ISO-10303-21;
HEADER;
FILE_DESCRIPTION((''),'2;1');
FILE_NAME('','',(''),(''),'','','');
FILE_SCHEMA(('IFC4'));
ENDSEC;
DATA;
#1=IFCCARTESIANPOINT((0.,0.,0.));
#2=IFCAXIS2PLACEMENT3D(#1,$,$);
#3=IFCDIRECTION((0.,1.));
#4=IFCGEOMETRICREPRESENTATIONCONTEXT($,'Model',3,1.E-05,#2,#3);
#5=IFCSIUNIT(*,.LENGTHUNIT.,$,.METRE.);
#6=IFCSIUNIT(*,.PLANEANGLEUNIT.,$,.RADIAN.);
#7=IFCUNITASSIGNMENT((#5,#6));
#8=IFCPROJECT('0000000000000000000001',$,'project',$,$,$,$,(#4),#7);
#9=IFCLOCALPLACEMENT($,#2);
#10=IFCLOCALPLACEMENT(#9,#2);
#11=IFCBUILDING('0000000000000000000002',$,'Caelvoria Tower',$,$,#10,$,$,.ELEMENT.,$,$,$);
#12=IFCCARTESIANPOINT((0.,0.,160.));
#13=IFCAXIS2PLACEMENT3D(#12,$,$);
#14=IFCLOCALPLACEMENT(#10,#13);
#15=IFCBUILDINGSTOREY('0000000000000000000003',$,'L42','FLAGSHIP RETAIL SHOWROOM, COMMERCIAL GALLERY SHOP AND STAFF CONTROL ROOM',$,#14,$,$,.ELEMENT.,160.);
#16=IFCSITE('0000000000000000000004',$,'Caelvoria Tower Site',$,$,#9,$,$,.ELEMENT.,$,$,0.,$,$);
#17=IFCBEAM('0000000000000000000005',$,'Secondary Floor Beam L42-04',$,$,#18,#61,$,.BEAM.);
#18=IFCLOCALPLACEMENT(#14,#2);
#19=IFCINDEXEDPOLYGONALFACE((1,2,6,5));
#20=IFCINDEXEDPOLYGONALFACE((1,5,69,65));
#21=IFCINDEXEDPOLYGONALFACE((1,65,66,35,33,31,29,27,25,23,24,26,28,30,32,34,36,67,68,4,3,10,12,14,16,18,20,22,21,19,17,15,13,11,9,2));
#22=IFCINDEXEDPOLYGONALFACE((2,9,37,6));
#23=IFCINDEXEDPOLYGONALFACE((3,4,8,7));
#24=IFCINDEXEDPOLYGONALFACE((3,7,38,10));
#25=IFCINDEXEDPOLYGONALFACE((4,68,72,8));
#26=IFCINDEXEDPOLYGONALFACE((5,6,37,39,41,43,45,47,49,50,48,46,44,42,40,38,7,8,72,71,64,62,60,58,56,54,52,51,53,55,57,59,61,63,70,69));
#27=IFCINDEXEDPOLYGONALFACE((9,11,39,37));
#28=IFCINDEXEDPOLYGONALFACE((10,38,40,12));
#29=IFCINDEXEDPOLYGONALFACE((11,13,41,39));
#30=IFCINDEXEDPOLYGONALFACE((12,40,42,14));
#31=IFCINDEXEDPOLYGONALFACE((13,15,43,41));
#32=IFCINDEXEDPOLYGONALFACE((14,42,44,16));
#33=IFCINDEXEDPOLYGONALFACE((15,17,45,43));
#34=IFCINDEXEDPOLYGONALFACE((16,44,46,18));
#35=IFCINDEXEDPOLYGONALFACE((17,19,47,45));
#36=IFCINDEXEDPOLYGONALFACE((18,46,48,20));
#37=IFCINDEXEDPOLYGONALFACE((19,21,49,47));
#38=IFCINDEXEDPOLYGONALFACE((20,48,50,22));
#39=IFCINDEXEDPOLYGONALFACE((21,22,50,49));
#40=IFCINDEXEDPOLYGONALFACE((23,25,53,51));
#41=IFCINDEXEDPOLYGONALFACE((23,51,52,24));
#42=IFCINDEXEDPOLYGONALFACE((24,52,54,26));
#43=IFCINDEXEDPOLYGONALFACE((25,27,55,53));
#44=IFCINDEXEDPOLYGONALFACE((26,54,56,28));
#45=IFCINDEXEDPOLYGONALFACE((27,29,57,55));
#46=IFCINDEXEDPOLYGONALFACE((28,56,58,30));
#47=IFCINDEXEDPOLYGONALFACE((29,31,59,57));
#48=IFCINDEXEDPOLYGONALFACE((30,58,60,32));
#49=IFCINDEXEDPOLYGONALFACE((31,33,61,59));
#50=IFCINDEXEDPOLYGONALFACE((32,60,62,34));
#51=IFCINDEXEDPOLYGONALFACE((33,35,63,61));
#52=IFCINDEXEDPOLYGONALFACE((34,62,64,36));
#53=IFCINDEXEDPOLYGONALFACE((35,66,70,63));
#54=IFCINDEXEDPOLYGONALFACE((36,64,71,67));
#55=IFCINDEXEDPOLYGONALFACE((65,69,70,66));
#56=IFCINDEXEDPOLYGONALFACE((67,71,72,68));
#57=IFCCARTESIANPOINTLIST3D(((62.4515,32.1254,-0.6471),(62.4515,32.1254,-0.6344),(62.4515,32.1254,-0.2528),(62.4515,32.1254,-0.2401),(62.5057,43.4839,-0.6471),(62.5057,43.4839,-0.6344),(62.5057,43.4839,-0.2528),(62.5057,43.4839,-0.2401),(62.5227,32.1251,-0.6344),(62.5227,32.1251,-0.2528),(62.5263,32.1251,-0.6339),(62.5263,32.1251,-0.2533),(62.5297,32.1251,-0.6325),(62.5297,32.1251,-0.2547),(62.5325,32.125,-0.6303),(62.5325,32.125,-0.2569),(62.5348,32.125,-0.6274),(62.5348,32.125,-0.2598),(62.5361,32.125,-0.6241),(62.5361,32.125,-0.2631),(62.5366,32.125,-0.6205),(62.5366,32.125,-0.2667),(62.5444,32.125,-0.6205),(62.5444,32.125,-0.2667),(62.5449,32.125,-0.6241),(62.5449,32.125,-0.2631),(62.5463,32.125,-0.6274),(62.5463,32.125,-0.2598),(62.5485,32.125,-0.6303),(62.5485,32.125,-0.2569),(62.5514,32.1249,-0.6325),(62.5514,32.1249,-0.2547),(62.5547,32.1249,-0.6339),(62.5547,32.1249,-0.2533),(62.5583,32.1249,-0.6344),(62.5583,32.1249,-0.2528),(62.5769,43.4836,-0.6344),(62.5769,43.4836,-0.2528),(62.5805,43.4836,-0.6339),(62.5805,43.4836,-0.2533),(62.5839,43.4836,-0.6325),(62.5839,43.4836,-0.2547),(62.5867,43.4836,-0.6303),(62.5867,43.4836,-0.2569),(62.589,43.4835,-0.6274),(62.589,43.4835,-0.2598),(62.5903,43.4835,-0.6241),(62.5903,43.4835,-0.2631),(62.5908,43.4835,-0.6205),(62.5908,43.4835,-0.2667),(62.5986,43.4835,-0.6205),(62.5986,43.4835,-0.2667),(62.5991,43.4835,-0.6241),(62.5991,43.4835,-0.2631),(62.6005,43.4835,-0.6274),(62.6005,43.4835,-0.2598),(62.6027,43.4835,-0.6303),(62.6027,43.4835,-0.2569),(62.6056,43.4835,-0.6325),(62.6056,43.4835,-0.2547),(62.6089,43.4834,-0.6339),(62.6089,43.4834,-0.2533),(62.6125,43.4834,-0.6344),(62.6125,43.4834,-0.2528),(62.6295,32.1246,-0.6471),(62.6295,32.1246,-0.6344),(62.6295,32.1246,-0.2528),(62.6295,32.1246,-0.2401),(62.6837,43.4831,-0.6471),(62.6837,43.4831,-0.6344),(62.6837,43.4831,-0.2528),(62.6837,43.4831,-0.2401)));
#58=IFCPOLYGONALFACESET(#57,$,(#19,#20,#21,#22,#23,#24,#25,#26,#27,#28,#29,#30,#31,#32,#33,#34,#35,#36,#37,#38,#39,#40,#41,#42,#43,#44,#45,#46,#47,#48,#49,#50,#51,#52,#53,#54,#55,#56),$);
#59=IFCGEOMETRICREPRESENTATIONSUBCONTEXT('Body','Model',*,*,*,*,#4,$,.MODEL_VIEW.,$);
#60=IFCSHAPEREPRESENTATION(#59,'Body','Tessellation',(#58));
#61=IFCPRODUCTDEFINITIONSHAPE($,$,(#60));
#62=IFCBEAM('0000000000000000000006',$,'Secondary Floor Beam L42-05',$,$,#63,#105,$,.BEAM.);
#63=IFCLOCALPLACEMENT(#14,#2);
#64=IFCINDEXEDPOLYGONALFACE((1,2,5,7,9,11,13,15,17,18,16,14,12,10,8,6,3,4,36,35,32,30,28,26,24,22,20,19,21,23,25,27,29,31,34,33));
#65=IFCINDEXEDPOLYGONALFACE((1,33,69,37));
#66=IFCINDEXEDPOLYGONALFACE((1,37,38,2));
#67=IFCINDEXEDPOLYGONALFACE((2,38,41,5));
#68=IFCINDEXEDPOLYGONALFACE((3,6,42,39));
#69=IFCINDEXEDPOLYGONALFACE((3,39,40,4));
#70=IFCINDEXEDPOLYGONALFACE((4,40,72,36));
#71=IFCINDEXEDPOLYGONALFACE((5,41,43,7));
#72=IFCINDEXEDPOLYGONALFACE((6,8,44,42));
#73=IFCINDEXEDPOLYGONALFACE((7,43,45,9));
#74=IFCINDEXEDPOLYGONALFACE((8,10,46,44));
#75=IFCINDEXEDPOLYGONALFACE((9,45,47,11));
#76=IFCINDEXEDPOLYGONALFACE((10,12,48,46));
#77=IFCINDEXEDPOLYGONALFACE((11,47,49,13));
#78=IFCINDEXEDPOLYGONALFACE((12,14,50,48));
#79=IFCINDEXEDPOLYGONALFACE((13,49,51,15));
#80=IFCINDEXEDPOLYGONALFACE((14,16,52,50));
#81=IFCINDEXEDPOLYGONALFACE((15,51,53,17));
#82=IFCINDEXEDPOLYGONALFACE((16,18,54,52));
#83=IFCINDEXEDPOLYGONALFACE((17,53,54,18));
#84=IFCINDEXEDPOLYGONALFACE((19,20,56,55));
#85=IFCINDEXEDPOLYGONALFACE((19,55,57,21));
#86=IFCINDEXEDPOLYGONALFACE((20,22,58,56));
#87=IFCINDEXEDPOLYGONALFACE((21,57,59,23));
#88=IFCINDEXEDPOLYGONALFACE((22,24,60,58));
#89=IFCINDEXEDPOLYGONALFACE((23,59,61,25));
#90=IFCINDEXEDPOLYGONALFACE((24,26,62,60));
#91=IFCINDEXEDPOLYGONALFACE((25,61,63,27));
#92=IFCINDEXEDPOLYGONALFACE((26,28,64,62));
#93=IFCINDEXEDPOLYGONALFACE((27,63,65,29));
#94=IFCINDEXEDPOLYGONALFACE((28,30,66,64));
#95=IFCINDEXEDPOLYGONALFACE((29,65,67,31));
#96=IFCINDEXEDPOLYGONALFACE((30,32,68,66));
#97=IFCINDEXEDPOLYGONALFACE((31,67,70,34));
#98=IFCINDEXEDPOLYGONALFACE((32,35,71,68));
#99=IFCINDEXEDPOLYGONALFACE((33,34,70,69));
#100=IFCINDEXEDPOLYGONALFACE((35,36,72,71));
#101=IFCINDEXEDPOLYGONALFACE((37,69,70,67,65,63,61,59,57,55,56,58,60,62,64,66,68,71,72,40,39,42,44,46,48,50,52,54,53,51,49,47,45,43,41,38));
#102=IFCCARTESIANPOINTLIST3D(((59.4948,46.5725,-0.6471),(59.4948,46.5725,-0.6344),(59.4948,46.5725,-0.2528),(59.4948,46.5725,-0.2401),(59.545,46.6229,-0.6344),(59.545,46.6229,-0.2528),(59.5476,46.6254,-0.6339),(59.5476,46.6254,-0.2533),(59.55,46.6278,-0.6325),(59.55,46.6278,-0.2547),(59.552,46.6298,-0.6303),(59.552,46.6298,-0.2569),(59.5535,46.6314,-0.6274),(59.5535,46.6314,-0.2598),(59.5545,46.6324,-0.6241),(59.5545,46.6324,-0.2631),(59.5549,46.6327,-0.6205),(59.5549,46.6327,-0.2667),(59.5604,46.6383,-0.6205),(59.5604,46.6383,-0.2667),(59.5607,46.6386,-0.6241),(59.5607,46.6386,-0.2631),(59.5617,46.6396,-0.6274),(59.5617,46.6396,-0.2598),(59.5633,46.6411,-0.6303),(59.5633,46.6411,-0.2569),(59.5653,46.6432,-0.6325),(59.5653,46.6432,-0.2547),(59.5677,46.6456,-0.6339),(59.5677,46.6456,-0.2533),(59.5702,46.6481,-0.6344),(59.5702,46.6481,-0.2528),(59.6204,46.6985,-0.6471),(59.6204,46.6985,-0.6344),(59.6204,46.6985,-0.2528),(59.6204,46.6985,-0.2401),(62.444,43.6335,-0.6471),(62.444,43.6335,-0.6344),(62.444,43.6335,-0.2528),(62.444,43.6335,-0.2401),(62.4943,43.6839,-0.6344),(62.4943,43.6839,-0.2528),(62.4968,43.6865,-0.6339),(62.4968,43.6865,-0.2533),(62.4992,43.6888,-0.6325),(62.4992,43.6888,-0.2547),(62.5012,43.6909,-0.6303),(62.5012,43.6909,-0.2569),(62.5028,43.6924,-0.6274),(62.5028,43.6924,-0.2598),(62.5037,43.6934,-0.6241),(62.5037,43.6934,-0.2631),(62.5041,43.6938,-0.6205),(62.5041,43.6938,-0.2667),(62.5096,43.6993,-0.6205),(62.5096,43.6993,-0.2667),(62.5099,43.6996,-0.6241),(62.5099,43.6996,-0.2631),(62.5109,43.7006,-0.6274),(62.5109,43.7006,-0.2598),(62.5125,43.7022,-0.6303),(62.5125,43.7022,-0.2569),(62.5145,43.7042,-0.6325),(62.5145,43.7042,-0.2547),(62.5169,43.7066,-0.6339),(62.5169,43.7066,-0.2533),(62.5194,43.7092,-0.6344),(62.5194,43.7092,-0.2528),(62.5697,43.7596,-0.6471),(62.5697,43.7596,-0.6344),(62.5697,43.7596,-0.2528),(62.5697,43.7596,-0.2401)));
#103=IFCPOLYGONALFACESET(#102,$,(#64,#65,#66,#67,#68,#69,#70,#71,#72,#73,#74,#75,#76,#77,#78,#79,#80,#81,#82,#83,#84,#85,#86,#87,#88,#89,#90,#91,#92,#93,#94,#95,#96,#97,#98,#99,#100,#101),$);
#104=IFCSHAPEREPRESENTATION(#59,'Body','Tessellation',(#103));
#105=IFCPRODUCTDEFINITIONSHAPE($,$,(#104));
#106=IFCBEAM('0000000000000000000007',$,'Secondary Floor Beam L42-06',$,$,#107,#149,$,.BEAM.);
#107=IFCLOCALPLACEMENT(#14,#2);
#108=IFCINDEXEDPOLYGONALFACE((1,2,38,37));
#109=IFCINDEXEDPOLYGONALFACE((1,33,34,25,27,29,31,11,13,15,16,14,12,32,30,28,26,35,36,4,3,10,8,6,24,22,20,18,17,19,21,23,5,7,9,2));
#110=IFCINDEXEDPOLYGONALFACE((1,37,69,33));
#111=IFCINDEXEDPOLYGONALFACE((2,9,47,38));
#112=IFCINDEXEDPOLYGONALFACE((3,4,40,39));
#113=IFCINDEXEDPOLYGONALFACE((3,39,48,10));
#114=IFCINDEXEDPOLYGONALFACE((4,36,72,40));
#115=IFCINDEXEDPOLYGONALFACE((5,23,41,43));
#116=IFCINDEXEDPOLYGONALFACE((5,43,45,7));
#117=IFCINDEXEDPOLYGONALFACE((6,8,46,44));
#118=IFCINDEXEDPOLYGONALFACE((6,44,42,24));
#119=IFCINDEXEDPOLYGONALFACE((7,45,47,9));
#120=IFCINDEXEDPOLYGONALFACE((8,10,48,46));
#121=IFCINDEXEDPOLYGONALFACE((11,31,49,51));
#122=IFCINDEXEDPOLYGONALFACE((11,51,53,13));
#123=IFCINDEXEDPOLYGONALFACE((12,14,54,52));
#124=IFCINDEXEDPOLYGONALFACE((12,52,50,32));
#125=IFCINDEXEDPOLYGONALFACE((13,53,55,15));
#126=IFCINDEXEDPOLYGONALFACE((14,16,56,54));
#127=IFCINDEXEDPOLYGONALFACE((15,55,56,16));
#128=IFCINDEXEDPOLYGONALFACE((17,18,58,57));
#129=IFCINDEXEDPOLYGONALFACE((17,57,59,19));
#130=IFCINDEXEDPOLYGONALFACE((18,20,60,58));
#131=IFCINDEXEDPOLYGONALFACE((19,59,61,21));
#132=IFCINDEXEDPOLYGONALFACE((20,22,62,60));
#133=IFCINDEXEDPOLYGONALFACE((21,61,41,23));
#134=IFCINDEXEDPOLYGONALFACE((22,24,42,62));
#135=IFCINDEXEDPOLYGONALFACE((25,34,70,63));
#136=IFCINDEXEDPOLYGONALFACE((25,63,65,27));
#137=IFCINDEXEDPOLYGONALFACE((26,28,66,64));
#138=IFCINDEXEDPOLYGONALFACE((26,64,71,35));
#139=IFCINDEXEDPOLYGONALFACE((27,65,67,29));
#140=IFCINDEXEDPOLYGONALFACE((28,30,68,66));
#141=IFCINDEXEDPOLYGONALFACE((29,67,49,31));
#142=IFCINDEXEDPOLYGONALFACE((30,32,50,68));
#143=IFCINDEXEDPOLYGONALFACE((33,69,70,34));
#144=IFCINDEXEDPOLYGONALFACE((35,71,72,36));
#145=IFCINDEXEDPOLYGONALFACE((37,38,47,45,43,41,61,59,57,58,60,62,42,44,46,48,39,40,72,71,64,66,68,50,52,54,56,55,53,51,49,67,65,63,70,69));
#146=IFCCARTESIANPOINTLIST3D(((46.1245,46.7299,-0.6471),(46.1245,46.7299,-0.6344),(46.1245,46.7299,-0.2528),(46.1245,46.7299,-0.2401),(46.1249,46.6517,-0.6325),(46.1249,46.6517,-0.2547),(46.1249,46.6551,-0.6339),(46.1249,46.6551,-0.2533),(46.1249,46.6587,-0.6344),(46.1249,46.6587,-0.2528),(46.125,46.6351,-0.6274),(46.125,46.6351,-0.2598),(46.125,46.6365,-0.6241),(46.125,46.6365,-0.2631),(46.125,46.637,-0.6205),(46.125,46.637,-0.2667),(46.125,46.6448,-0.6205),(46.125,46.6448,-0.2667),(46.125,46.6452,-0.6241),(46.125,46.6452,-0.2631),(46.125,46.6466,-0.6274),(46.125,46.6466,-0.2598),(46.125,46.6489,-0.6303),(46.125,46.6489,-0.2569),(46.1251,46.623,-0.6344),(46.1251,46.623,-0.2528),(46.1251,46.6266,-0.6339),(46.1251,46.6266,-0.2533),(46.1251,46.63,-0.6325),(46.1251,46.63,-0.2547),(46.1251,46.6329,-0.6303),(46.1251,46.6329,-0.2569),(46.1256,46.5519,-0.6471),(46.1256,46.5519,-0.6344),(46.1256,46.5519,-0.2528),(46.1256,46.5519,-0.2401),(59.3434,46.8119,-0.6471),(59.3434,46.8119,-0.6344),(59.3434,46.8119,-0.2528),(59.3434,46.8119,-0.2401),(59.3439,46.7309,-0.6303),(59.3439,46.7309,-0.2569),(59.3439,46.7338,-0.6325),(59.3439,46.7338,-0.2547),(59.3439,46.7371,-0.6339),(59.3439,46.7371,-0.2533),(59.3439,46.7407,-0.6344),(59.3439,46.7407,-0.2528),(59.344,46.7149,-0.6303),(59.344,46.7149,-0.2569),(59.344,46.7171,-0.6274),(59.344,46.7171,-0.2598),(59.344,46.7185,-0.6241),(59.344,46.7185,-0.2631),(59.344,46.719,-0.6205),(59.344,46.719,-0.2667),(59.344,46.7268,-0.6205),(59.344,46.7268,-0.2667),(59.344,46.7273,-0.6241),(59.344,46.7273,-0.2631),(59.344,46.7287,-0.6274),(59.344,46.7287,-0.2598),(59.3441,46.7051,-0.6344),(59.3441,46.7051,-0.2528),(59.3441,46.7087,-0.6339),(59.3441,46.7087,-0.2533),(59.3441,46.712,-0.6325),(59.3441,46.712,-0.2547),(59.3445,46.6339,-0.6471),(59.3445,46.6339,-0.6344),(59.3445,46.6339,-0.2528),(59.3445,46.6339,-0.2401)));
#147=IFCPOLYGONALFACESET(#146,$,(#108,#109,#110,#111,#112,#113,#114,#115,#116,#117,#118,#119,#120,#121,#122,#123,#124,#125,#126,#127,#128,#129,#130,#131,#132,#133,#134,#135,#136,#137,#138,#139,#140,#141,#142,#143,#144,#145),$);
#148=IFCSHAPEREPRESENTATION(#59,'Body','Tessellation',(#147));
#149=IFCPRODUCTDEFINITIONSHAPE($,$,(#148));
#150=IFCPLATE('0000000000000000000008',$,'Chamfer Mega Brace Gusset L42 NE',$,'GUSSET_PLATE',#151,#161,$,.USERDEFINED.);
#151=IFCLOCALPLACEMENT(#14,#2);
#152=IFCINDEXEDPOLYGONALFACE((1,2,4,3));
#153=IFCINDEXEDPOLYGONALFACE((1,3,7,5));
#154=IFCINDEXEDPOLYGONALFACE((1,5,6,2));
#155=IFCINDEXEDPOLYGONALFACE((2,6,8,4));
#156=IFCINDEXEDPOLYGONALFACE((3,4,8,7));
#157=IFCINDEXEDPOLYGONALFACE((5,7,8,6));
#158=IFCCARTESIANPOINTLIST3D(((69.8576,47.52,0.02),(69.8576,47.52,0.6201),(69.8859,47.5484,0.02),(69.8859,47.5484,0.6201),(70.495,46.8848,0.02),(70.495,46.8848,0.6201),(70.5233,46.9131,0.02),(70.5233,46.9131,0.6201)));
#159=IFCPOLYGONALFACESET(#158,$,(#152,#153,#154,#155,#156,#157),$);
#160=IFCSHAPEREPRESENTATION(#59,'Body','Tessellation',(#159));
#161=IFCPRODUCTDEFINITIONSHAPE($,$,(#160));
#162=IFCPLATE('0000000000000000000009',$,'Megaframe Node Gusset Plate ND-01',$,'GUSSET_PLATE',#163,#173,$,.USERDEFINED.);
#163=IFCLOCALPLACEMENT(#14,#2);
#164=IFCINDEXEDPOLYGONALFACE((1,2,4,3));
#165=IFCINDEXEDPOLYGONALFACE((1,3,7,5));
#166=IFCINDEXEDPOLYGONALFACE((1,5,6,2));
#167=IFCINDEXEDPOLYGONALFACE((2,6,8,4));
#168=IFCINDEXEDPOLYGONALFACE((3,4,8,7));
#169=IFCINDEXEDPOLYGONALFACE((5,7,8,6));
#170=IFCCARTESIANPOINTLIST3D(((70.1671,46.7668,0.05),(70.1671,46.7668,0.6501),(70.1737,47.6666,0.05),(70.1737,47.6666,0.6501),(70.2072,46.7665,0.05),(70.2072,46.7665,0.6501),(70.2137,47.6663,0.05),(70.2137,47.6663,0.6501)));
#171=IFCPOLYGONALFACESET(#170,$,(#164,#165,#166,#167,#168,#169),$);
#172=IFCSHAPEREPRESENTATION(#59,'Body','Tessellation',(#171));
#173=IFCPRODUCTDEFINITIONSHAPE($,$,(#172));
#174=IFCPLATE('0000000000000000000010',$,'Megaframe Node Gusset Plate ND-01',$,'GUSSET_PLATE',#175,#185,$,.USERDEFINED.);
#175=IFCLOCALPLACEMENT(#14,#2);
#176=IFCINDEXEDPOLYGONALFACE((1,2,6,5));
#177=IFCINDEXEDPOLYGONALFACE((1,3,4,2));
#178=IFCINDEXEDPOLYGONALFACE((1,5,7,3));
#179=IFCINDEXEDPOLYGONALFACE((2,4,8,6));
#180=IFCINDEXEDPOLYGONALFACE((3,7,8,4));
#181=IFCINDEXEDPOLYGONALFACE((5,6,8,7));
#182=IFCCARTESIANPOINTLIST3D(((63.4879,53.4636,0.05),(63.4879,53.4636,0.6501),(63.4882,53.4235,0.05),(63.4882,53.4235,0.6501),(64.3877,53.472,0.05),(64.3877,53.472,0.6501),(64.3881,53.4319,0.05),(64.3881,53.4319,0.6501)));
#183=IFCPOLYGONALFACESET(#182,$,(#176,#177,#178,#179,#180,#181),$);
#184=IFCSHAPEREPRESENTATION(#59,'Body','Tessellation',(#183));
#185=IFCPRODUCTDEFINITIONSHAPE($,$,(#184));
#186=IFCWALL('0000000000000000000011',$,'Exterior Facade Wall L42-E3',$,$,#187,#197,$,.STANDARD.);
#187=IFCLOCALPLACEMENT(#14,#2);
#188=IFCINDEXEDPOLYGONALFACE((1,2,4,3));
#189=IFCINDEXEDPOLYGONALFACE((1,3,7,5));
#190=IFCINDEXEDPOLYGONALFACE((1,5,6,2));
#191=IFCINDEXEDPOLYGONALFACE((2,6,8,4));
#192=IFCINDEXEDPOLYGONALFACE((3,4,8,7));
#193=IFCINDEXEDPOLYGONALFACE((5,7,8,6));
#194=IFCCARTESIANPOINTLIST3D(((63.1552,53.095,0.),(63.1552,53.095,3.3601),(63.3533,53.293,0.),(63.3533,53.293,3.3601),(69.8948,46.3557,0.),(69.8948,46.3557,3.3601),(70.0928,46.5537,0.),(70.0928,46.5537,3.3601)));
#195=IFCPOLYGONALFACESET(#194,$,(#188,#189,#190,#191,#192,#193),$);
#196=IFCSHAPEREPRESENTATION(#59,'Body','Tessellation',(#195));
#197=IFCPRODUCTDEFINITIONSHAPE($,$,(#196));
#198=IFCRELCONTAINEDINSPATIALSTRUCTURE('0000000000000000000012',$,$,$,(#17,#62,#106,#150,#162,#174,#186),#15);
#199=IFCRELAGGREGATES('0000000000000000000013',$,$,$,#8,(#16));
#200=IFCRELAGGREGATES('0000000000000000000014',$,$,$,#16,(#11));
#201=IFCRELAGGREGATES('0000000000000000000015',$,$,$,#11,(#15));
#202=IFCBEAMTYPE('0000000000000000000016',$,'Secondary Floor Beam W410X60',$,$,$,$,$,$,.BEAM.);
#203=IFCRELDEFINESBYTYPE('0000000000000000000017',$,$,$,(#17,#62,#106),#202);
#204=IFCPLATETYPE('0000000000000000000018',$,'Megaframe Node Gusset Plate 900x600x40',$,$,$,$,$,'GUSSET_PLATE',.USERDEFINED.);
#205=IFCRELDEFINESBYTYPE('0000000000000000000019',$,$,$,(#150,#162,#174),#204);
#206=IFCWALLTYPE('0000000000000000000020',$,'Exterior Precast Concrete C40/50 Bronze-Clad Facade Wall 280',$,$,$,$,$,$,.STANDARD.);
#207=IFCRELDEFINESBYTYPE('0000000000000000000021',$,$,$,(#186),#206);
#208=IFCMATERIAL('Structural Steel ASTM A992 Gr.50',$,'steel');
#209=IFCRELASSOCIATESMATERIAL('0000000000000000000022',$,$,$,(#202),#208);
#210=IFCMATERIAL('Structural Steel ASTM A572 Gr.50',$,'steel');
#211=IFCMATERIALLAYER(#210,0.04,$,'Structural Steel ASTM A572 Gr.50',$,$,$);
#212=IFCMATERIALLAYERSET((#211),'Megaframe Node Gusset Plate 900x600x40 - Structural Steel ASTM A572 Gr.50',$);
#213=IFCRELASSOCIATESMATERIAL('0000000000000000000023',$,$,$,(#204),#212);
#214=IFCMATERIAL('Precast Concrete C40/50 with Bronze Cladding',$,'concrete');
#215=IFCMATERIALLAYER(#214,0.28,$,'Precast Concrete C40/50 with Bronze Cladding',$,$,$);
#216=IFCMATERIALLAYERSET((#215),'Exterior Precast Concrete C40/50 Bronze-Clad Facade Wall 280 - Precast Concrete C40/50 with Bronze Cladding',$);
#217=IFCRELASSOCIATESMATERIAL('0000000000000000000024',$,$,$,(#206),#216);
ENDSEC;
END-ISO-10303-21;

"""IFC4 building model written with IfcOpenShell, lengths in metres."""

from ifc_helpers import new_model, si_unit, direction, frame, frame_2d, origin, origin_2d, place, context, subcontext, project, spatial, rectangle, i_section, extrude, material, layer, layer_set, material_profile, profile_set, type_object, element, save


model = new_model("IFC4")

# Units and contexts
model_context = context("Model", 3, precision=1e-05, world=origin(), true_north=direction((0.0, 1.0)))
body_context = subcontext(model_context, "Body", "Model", "MODEL_VIEW")
ifc_project = project(units=[si_unit("LENGTHUNIT", "METRE"), si_unit("PLANEANGLEUNIT", "RADIAN")], contexts=[model_context])

# Site, building, storey
site_placement = place(None, origin())
site = spatial("IfcSite", under=ifc_project, at=site_placement, Name="Caelvoria Tower Site", CompositionType="ELEMENT", RefElevation=0.0)
building_placement = place(site_placement, origin())
building = spatial("IfcBuilding", under=site, at=building_placement, Name="Caelvoria Tower", CompositionType="ELEMENT")
storey_placement = place(building_placement, frame((0.0, 0.0, 160.0)))
storey = spatial("IfcBuildingStorey", under=building, at=storey_placement, Name="L42", Description="FLAGSHIP RETAIL SHOWROOM, COMMERCIAL GALLERY SHOP AND STAFF CONTROL ROOM", CompositionType="ELEMENT", Elevation=160.0)

# Shared definitions
ifc_material_1 = material(Name="Structural Steel ASTM A572 Gr.50", Category="steel")

# Beams
ifc_material_2 = material(Name="Structural Steel ASTM A992 Gr.50", Category="steel")
ifc_material_profile_1 = material_profile(ifc_material_2, i_section(OverallWidth=0.178, OverallDepth=0.407, WebThickness=0.0078, FlangeThickness=0.0127, FilletRadius=0.0139, at=origin_2d()), Name="Structural Steel ASTM A992 Gr.50")
ifc_profile_set_1 = profile_set([ifc_material_profile_1], Name="W410X60 - Structural Steel ASTM A992 Gr.50")
beam_type_1 = type_object("IfcBeamType", Name="Secondary Floor Beam W410X60", PredefinedType="BEAM", material=ifc_profile_set_1)
beam_1_placement = place(storey_placement, frame((62.5405, 32.125, -0.4436), z_axis=(0.004772, 0.999989, 0.0), x_axis=(-0.999989, 0.004772, 0.0)))
element("IfcBeam", 1, at=beam_1_placement, inside=storey, type_object=beam_type_1, Name="Secondary Floor Beam L42-04", PredefinedType="BEAM", context=body_context, shape_type="SweptSolid", body=[
    extrude(i_section(OverallWidth=0.178, OverallDepth=0.407, WebThickness=0.0078, FlangeThickness=0.0127, FilletRadius=0.0139, at=origin_2d()), origin(), (0.0, 0.0, 1.0), 11.3586),
])
beam_2_placement = place(storey_placement, frame((62.5068, 43.6965, -0.4436), z_axis=(-0.708337, 0.705874, 0.0), x_axis=(-0.705874, -0.708337, 0.0)))
element("IfcBeam", 2, at=beam_2_placement, inside=storey, type_object=beam_type_1, Name="Secondary Floor Beam L42-05", PredefinedType="BEAM", context=body_context, shape_type="SweptSolid", body=[
    extrude(i_section(OverallWidth=0.178, OverallDepth=0.407, WebThickness=0.0078, FlangeThickness=0.0127, FilletRadius=0.0139, at=origin_2d()), origin(), (0.0, 0.0, 1.0), 4.1636),
])
beam_3_placement = place(storey_placement, frame((59.344, 46.7229, -0.4436), z_axis=(-0.999981, -0.006205, 0.0), x_axis=(0.006205, -0.999981, 0.0)))
element("IfcBeam", 3, at=beam_3_placement, inside=storey, type_object=beam_type_1, Name="Secondary Floor Beam L42-06", PredefinedType="BEAM", context=body_context, shape_type="SweptSolid", body=[
    extrude(i_section(OverallWidth=0.178, OverallDepth=0.407, WebThickness=0.0078, FlangeThickness=0.0127, FilletRadius=0.0139, at=origin_2d()), origin(), (0.0, 0.0, 1.0), 13.2192),
])

# Plates
ifc_layer_1 = layer(ifc_material_1, 0.04, Name="Structural Steel ASTM A572 Gr.50")
ifc_layer_set_1 = layer_set([ifc_layer_1], Name="Megaframe Node Gusset Plate 900x600x40 - Structural Steel ASTM A572 Gr.50")
plate_type = type_object("IfcPlateType", Name="Megaframe Node Gusset Plate 900x600x40", ElementType="GUSSET_PLATE", PredefinedType="USERDEFINED", material=ifc_layer_set_1)
for number, where, z_axis, x_axis, name in (
    (4, (70.1904, 47.2166, 0.02), (0.0, 0.0, 1.0), (-0.708313, 0.705899, 0.0), "Chamfer Mega Brace Gusset L42 NE"),
    (5, (70.1904, 47.2166, 0.05), (0.0, 0.0, 1.0), (-0.007262, -0.999974, 0.0), "Megaframe Node Gusset Plate ND-01"),
    (6, (63.938, 53.4478, 0.05), (0.0, 0.0, 1.0), (-0.999956, -0.009348, 0.0), "Megaframe Node Gusset Plate ND-01"),
):
    element("IfcPlate", number, at=place(storey_placement, frame(where, z_axis=z_axis, x_axis=x_axis)), inside=storey, type_object=plate_type, Name=name, ObjectType="GUSSET_PLATE", PredefinedType="USERDEFINED", context=body_context, shape_type="SweptSolid", body=[
        extrude(rectangle(XDim=0.8999, YDim=0.04, at=origin_2d()), origin(), (0.0, 0.0, 1.0), 0.6001),
    ])

# Wall
ifc_material_3 = material(Name="Precast Concrete C40/50 with Bronze Cladding", Category="concrete")
ifc_layer_2 = layer(ifc_material_3, 0.28, Name="Precast Concrete C40/50 with Bronze Cladding")
ifc_layer_set_2 = layer_set([ifc_layer_2], Name="Exterior Precast Concrete C40/50 Bronze-Clad Facade Wall 280 - Precast Concrete C40/50 with Bronze Cladding")
wall_type_1 = type_object("IfcWallType", Name="Exterior Precast Concrete C40/50 Bronze-Clad Facade Wall 280", PredefinedType="STANDARD", material=ifc_layer_set_2)
wall_1_placement = place(storey_placement, frame((69.9939, 46.4546, 0.0), z_axis=(0.0, 0.0, 1.0), x_axis=(-0.70712, 0.707094, 0.0)))
element("IfcWall", 7, at=wall_1_placement, inside=storey, type_object=wall_type_1, Name="Exterior Facade Wall L42-E3", PredefinedType="STANDARD", context=body_context, shape_type="SweptSolid", body=[
    extrude(rectangle(XDim=9.531, YDim=0.28, at=frame_2d((4.7656, 0.0))), origin(), (0.0, 0.0, 1.0), 3.3601),
])

save(model, "model.ifc")
